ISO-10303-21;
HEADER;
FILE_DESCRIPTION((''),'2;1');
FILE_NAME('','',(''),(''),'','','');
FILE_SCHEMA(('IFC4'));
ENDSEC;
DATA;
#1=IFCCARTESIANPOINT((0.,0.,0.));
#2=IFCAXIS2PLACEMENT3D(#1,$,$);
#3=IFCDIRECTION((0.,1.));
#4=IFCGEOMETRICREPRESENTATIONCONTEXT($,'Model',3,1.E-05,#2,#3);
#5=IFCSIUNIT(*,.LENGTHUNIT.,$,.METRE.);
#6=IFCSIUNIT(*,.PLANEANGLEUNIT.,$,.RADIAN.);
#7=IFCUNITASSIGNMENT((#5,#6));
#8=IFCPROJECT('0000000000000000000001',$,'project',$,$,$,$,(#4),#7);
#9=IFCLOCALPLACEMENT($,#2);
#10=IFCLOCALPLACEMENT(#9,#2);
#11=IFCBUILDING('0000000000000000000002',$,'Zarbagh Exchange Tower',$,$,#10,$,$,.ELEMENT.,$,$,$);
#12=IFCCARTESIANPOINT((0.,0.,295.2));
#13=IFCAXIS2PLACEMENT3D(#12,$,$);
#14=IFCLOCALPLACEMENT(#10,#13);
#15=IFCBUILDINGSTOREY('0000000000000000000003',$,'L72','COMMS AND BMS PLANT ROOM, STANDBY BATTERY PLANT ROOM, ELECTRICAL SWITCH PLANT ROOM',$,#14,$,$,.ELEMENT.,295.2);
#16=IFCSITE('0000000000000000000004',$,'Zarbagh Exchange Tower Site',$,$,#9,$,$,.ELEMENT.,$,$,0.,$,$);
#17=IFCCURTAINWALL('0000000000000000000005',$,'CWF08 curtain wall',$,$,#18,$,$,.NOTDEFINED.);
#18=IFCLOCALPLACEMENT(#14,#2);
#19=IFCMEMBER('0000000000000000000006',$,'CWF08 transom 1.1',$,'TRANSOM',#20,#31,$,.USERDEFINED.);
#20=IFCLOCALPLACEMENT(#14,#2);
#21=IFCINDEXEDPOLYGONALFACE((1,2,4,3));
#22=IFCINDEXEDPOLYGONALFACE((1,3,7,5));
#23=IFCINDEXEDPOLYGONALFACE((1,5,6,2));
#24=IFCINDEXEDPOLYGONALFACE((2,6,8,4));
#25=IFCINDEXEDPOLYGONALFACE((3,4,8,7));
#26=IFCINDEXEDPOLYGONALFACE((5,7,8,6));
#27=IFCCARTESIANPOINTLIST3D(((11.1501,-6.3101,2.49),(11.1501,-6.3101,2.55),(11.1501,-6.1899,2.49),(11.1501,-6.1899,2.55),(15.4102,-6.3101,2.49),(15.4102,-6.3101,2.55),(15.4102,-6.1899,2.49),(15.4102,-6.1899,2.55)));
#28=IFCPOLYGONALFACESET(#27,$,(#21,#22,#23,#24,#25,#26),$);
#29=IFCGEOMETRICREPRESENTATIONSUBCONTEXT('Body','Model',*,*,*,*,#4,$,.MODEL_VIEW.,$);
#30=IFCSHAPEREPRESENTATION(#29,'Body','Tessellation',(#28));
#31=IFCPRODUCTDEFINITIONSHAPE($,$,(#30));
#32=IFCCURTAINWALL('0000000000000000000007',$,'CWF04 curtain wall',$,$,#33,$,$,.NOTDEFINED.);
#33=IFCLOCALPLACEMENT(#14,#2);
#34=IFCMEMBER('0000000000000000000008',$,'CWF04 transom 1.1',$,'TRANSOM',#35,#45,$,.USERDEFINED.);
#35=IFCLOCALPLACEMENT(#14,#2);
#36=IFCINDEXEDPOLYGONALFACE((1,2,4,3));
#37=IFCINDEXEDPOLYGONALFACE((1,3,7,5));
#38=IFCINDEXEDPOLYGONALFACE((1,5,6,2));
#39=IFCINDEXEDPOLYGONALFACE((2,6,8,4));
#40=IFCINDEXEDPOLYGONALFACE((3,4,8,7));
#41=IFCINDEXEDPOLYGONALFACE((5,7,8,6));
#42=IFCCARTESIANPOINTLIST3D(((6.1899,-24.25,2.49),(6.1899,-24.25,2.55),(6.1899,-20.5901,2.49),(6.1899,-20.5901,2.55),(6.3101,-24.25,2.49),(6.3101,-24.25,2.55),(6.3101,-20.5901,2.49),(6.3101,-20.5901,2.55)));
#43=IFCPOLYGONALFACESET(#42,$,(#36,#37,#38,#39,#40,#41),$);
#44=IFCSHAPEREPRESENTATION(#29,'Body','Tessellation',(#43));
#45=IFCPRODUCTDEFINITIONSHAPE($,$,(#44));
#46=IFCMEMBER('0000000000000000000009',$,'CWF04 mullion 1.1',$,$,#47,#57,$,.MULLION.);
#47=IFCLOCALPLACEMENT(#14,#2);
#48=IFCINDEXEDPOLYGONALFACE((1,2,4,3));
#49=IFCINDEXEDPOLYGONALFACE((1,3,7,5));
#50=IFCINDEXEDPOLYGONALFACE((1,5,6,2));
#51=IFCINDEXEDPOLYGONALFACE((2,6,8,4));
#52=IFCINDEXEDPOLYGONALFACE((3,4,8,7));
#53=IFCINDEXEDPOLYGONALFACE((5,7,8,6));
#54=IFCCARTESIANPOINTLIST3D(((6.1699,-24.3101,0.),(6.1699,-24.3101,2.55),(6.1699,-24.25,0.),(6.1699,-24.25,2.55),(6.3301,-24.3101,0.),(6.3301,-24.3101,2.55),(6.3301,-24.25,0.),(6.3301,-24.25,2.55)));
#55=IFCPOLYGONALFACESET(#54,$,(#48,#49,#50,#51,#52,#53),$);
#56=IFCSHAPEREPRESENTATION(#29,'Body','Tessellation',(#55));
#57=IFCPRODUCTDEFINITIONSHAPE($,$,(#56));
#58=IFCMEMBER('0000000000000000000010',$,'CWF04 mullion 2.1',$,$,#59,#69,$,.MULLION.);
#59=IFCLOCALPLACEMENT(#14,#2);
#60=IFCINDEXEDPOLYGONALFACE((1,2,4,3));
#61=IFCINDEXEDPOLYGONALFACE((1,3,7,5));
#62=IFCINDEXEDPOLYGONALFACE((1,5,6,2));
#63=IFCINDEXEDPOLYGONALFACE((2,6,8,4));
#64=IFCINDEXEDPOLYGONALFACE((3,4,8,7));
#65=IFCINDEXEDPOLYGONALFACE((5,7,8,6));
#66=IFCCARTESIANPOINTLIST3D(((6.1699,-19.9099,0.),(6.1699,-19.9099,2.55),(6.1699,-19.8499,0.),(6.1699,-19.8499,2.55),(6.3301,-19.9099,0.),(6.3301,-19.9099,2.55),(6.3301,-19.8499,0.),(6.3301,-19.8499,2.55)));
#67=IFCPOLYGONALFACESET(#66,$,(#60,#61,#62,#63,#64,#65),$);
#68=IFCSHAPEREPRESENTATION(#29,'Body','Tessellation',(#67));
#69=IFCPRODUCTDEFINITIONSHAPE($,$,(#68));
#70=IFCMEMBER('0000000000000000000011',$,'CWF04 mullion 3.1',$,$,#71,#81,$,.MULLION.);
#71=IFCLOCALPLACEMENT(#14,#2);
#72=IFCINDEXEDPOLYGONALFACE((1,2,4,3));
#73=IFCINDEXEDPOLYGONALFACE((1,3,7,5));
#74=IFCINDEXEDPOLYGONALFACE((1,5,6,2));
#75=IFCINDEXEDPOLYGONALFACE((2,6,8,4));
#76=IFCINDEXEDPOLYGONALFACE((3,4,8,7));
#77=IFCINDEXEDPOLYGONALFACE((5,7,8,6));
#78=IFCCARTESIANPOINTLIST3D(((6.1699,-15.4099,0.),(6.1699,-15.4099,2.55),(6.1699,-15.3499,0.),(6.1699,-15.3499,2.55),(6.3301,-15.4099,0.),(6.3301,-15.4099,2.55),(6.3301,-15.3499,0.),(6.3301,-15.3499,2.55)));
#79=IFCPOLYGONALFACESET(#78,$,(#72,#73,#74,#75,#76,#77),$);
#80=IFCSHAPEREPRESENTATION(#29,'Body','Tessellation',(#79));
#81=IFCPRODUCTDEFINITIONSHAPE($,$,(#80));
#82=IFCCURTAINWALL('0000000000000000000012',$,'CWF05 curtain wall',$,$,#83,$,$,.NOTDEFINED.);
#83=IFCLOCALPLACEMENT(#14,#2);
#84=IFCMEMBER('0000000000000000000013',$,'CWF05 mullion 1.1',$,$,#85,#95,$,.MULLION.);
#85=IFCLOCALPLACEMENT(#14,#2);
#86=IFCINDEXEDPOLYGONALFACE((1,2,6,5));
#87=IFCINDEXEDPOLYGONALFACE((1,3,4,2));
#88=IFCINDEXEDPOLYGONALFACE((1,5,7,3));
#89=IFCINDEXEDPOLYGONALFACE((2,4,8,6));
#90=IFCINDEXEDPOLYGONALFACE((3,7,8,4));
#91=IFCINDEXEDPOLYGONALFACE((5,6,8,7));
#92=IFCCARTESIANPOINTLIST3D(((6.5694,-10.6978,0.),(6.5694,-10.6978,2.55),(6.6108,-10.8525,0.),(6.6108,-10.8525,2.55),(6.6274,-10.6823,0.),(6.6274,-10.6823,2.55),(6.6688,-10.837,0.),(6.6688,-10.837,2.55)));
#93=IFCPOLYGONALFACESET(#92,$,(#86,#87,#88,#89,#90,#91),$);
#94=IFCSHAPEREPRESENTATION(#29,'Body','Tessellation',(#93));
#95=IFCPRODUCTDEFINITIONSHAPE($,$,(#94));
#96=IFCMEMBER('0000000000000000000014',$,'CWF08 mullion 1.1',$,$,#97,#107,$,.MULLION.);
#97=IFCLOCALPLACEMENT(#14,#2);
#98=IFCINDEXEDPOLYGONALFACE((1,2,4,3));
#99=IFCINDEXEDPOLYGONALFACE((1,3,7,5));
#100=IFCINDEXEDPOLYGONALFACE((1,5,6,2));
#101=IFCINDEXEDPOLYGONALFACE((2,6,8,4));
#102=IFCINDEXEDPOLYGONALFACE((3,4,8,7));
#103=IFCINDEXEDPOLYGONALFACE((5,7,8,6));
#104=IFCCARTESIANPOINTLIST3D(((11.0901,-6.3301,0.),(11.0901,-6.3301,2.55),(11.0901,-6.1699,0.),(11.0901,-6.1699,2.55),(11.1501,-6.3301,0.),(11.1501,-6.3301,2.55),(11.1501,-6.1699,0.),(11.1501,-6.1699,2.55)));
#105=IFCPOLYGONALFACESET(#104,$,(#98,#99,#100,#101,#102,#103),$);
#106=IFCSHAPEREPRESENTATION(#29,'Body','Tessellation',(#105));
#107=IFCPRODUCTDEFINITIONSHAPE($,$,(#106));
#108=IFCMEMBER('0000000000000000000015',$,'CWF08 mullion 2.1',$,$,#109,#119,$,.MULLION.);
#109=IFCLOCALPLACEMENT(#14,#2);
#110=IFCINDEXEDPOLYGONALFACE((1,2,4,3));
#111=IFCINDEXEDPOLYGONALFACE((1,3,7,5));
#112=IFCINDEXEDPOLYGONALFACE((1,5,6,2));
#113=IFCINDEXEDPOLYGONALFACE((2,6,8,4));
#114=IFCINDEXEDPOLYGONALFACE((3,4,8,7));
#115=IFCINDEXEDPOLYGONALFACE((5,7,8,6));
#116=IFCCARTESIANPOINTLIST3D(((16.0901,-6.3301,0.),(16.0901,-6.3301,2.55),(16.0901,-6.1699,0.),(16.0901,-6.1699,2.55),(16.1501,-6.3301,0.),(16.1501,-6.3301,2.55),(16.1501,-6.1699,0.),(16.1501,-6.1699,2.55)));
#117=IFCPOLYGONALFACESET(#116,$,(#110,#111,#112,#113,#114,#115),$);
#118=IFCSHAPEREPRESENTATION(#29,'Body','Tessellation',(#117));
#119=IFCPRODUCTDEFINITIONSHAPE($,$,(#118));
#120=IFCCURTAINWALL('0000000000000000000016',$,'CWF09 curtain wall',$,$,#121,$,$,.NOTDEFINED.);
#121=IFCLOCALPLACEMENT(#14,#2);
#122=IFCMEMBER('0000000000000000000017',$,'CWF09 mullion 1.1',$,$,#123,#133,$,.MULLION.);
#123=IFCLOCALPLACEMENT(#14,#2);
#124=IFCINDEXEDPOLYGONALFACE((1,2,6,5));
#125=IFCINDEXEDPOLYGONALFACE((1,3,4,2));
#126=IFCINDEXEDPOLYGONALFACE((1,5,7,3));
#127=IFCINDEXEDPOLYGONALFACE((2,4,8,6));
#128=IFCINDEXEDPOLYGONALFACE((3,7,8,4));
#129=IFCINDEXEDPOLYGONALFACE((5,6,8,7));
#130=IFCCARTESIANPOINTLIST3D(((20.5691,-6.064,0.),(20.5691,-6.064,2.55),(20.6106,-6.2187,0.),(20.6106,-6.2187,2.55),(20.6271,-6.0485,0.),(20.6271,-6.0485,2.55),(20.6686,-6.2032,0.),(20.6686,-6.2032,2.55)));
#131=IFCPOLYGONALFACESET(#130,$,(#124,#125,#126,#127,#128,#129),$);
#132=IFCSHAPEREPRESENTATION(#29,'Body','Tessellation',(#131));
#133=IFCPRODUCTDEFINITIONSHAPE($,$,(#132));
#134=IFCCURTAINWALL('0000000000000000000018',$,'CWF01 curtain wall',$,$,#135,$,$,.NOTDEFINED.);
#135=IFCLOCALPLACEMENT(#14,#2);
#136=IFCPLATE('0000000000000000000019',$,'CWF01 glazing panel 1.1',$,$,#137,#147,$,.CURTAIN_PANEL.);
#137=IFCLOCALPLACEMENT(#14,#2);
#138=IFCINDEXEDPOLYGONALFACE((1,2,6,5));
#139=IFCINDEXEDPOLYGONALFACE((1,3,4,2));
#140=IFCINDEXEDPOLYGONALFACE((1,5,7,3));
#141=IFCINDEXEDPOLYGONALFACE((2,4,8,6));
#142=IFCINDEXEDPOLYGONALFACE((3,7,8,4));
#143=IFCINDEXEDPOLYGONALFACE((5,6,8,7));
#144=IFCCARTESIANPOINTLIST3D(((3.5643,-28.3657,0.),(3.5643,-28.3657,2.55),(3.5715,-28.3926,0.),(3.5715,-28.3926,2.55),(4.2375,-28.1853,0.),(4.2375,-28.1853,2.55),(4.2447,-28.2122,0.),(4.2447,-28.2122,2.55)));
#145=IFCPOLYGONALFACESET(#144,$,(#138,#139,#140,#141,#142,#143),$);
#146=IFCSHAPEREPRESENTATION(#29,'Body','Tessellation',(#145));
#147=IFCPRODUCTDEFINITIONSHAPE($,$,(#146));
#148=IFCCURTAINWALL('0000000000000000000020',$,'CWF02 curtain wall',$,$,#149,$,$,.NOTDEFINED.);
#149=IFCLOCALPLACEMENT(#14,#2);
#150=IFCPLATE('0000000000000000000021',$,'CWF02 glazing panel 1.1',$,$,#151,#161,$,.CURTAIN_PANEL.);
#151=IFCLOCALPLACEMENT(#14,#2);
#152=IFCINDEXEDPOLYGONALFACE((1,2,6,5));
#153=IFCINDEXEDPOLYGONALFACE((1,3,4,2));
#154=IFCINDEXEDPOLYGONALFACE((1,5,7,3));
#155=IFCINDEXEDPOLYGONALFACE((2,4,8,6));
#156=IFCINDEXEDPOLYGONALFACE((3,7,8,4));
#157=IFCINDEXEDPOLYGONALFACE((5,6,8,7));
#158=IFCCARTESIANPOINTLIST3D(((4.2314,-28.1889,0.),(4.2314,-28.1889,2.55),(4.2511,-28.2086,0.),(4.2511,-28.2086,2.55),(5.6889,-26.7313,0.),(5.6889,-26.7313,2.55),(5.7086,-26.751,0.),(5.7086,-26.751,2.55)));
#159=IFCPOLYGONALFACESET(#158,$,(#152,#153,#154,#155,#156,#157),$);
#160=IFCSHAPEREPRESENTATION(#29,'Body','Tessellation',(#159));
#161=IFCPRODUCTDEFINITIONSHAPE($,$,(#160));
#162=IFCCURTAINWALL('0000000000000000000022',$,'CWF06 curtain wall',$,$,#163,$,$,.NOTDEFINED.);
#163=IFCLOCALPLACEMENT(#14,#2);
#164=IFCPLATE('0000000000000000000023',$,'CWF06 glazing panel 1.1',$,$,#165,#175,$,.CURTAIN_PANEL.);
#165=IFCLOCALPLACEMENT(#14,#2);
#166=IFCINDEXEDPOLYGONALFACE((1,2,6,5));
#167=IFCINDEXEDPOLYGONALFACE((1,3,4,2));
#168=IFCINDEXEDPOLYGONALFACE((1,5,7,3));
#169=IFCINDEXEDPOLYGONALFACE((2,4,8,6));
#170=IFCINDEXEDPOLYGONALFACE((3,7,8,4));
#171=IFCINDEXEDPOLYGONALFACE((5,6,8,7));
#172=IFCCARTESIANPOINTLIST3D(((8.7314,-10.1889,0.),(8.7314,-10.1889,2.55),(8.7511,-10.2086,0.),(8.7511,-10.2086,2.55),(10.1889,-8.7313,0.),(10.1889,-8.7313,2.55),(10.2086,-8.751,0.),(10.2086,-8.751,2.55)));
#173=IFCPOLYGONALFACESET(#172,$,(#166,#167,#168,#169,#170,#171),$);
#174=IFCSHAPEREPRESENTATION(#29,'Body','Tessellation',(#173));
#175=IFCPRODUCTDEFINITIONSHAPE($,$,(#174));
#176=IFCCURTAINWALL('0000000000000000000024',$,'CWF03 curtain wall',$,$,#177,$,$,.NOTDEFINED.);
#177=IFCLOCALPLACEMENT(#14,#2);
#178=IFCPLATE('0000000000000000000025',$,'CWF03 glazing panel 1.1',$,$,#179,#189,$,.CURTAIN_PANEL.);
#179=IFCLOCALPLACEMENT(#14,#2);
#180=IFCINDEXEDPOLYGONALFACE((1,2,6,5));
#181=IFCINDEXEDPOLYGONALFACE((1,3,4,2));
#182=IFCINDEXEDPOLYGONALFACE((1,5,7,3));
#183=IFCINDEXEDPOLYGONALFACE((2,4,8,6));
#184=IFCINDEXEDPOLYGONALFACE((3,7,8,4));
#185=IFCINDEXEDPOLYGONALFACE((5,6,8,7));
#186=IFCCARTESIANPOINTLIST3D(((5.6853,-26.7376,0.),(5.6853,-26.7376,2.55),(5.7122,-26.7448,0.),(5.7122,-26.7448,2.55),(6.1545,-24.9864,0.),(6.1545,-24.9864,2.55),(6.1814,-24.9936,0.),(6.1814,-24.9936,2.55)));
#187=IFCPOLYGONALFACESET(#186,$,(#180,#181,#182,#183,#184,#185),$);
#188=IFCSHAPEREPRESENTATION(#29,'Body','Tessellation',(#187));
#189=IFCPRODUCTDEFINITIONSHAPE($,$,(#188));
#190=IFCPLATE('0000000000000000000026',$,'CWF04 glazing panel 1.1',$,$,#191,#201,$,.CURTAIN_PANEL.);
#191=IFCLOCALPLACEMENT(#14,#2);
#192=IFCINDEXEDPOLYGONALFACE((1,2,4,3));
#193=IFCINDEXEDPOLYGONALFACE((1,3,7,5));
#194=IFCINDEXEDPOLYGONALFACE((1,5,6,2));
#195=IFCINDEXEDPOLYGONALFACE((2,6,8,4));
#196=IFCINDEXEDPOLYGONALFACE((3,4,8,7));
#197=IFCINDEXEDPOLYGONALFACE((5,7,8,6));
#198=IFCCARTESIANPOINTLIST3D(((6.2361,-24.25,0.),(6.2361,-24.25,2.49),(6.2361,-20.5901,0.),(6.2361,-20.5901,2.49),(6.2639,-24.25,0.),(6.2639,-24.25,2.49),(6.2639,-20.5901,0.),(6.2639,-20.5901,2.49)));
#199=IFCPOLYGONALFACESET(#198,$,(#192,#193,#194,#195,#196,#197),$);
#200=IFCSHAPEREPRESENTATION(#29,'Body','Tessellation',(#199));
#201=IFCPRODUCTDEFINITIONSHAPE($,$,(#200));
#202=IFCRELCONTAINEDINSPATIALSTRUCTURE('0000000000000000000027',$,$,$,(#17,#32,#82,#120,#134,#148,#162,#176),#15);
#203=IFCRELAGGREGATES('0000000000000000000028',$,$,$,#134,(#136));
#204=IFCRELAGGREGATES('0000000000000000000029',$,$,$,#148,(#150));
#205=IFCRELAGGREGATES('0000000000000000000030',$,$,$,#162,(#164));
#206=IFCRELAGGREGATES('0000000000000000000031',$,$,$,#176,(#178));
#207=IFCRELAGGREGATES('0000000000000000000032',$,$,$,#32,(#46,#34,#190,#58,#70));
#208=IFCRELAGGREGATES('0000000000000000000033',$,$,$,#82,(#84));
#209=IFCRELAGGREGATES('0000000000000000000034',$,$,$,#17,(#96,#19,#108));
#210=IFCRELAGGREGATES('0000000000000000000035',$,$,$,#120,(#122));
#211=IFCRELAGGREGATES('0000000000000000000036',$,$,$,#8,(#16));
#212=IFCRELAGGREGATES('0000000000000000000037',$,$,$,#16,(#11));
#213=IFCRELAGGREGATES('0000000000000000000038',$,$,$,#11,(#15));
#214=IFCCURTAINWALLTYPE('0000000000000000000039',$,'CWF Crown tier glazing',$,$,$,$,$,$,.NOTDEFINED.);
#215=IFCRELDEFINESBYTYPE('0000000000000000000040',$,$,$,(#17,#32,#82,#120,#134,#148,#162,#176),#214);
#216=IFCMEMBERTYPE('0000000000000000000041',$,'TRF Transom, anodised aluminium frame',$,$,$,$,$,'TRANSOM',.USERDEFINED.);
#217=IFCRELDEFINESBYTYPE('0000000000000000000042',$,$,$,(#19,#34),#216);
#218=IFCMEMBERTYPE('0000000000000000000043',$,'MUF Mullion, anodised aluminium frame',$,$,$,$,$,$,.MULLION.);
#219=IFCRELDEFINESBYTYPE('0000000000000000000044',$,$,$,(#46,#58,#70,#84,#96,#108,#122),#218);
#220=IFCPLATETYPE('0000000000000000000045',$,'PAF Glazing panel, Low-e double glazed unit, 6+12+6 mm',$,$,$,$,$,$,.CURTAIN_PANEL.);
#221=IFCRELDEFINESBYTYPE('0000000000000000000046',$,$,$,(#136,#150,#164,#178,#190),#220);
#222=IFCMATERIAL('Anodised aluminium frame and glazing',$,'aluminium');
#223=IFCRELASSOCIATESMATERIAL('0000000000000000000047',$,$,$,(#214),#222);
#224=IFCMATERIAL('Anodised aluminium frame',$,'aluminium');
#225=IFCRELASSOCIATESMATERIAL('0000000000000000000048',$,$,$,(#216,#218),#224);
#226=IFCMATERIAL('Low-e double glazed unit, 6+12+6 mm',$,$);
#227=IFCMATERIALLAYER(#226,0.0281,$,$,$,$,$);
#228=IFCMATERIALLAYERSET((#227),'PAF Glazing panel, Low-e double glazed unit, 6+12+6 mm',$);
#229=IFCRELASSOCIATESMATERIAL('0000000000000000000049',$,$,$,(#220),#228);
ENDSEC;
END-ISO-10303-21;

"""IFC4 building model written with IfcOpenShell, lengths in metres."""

from ifc_helpers import new_model, si_unit, direction, frame, origin, place, context, subcontext, project, spatial, polyline, outline, extrude, source, transform, mapped, material, layer, layer_set, type_object, element, aggregate, save


model = new_model("IFC4")

# Units and contexts
model_context = context("Model", 3, precision=1e-05, world=origin(), true_north=direction((0.0, 1.0)))
body_context = subcontext(model_context, "Body", "Model", "MODEL_VIEW")
ifc_project = project(units=[si_unit("LENGTHUNIT", "METRE"), si_unit("PLANEANGLEUNIT", "RADIAN")], contexts=[model_context])

# Site, building, storey
site_placement = place(None, origin())
site = spatial("IfcSite", under=ifc_project, at=site_placement, Name="Zarbagh Exchange Tower Site", CompositionType="ELEMENT", RefElevation=0.0)
building_placement = place(site_placement, origin())
building = spatial("IfcBuilding", under=site, at=building_placement, Name="Zarbagh Exchange Tower", CompositionType="ELEMENT")
storey_placement = place(building_placement, frame((0.0, 0.0, 295.2)))
storey = spatial("IfcBuildingStorey", under=building, at=storey_placement, Name="L72", Description="COMMS AND BMS PLANT ROOM, STANDBY BATTERY PLANT ROOM, ELECTRICAL SWITCH PLANT ROOM", CompositionType="ELEMENT", Elevation=295.2)

# Curtain wall, member
ifc_material_1 = material(Name="Anodised aluminium frame and glazing", Category="aluminium")
curtain_wall_type = type_object("IfcCurtainWallType", Name="CWF Crown tier glazing", PredefinedType="NOTDEFINED", material=ifc_material_1)
curtain_wall_1_placement = place(storey_placement, origin())
curtain_wall_1 = element("IfcCurtainWall", 1, at=curtain_wall_1_placement, inside=storey, type_object=curtain_wall_type, Name="CWF08 curtain wall", PredefinedType="NOTDEFINED")
ifc_material_2 = material(Name="Anodised aluminium frame", Category="aluminium")
member_type_1 = type_object("IfcMemberType", Name="TRF Transom, anodised aluminium frame", ElementType="TRANSOM", PredefinedType="USERDEFINED", material=ifc_material_2)
shared_shape_1 = source(origin(), body_context, "Body", "SweptSolid", [
    extrude(outline(polyline([(-0.0601, -0.0601), (0.0, -0.0601), (0.0, 0.0601), (-0.0601, 0.0601), (-0.0601, -0.0601)])), origin(), (0.0, 0.0, 1.0), 4.26),
])
placement = place(storey_placement, origin())
member_1 = element("IfcMember", 2, at=placement, type_object=member_type_1, Name="CWF08 transom 1.1", ObjectType="TRANSOM", PredefinedType="USERDEFINED", context=body_context, shape_type="MappedRepresentation", body=[
    mapped(shared_shape_1, transform((11.1501, -6.25, 2.55), x_axis=(0.0, 0.0, 1.0), y_axis=(0.0, -1.0, 0.0), z_axis=(1.0, 0.0, 0.0))),
])

# Curtain wall, members
curtain_wall_2_placement = place(storey_placement, origin())
curtain_wall_2 = element("IfcCurtainWall", 3, at=curtain_wall_2_placement, inside=storey, type_object=curtain_wall_type, Name="CWF04 curtain wall", PredefinedType="NOTDEFINED")
shared_shape_2 = source(origin(), body_context, "Body", "SweptSolid", [
    extrude(outline(polyline([(-0.0601, -0.0601), (0.0, -0.0601), (0.0, 0.0601), (-0.0601, 0.0601), (-0.0601, -0.0601)])), origin(), (0.0, 0.0, 1.0), 3.6599),
])
member_2 = element("IfcMember", 4, at=placement, type_object=member_type_1, Name="CWF04 transom 1.1", ObjectType="TRANSOM", PredefinedType="USERDEFINED", context=body_context, shape_type="MappedRepresentation", body=[
    mapped(shared_shape_2, transform((6.25, -24.25, 2.55), x_axis=(0.0, 0.0, 1.0), y_axis=(1.0, 0.0, 0.0), z_axis=(0.0, 1.0, 0.0))),
])
member_type_2 = type_object("IfcMemberType", Name="MUF Mullion, anodised aluminium frame", PredefinedType="MULLION", material=ifc_material_2)
shared_shape_3 = source(origin(), body_context, "Body", "SweptSolid", [
    extrude(outline(polyline([(0.0, -0.0801), (0.0601, -0.0801), (0.0601, 0.0801), (0.0, 0.0801), (0.0, -0.0801)])), origin(), (0.0, 0.0, 1.0), 2.55),
])
member_3 = element("IfcMember", 5, at=placement, type_object=member_type_2, Name="CWF04 mullion 1.1", PredefinedType="MULLION", context=body_context, shape_type="MappedRepresentation", body=[
    mapped(shared_shape_3, transform((6.25, -24.3101, 0.0), x_axis=(0.0, 1.0, 0.0), y_axis=(-1.0, 0.0, 0.0), z_axis=(0.0, 0.0, 1.0))),
])
member_4 = element("IfcMember", 6, at=placement, type_object=member_type_2, Name="CWF04 mullion 2.1", PredefinedType="MULLION", context=body_context, shape_type="MappedRepresentation", body=[
    mapped(shared_shape_3, transform((6.25, -19.9099, 0.0), x_axis=(0.0, 1.0, 0.0), y_axis=(-1.0, 0.0, 0.0), z_axis=(0.0, 0.0, 1.0))),
])
member_5 = element("IfcMember", 7, at=placement, type_object=member_type_2, Name="CWF04 mullion 3.1", PredefinedType="MULLION", context=body_context, shape_type="MappedRepresentation", body=[
    mapped(shared_shape_3, transform((6.25, -15.4099, 0.0), x_axis=(0.0, 1.0, 0.0), y_axis=(-1.0, 0.0, 0.0), z_axis=(0.0, 0.0, 1.0))),
])

# Curtain wall, member
curtain_wall_3_placement = place(storey_placement, origin())
curtain_wall_3 = element("IfcCurtainWall", 8, at=curtain_wall_3_placement, inside=storey, type_object=curtain_wall_type, Name="CWF05 curtain wall", PredefinedType="NOTDEFINED")
member_6 = element("IfcMember", 9, at=placement, type_object=member_type_2, Name="CWF05 mullion 1.1", PredefinedType="MULLION", context=body_context, shape_type="MappedRepresentation", body=[
    mapped(shared_shape_3, transform((6.5901, -10.7751, 0.0), x_axis=(0.965924, 0.258825, 0.0), y_axis=(-0.258825, 0.965924, 0.0), z_axis=(0.0, 0.0, 1.0))),
])

# Members
member_7 = element("IfcMember", 10, at=placement, type_object=member_type_2, Name="CWF08 mullion 1.1", PredefinedType="MULLION", context=body_context, shape_type="MappedRepresentation", body=[
    mapped(shared_shape_3, transform((11.0901, -6.25, 0.0), x_axis=(1.0, 0.0, 0.0), y_axis=(0.0, 1.0, 0.0), z_axis=(0.0, 0.0, 1.0))),
])
member_8 = element("IfcMember", 11, at=placement, type_object=member_type_2, Name="CWF08 mullion 2.1", PredefinedType="MULLION", context=body_context, shape_type="MappedRepresentation", body=[
    mapped(shared_shape_3, transform((16.0901, -6.25, 0.0), x_axis=(1.0, 0.0, 0.0), y_axis=(0.0, 1.0, 0.0), z_axis=(0.0, 0.0, 1.0))),
])

# Curtain wall, member
curtain_wall_4_placement = place(storey_placement, origin())
curtain_wall_4 = element("IfcCurtainWall", 12, at=curtain_wall_4_placement, inside=storey, type_object=curtain_wall_type, Name="CWF09 curtain wall", PredefinedType="NOTDEFINED")
member_9 = element("IfcMember", 13, at=placement, type_object=member_type_2, Name="CWF09 mullion 1.1", PredefinedType="MULLION", context=body_context, shape_type="MappedRepresentation", body=[
    mapped(shared_shape_3, transform((20.5898, -6.1414, 0.0), x_axis=(0.965924, 0.258825, 0.0), y_axis=(-0.258825, 0.965924, 0.0), z_axis=(0.0, 0.0, 1.0))),
])

# Curtain walls, plates
curtain_wall_5_placement = place(storey_placement, origin())
curtain_wall_5 = element("IfcCurtainWall", 14, at=curtain_wall_5_placement, inside=storey, type_object=curtain_wall_type, Name="CWF01 curtain wall", PredefinedType="NOTDEFINED")
ifc_material_3 = material(Name="Low-e double glazed unit, 6+12+6 mm")
ifc_layer = layer(ifc_material_3, 0.0281)
ifc_layer_set = layer_set([ifc_layer], Name="PAF Glazing panel, Low-e double glazed unit, 6+12+6 mm")
plate_type = type_object("IfcPlateType", Name="PAF Glazing panel, Low-e double glazed unit, 6+12+6 mm", PredefinedType="CURTAIN_PANEL", material=ifc_layer_set)
shared_shape_4 = source(origin(), body_context, "Body", "SweptSolid", [
    extrude(outline(polyline([(0.0, -0.0139), (0.697, -0.0139), (0.697, 0.0139), (0.0, 0.0139), (0.0, -0.0139)])), origin(), (0.0, 0.0, 1.0), 2.55),
])
plate_1 = element("IfcPlate", 15, at=placement, type_object=plate_type, Name="CWF01 glazing panel 1.1", PredefinedType="CURTAIN_PANEL", context=body_context, shape_type="MappedRepresentation", body=[
    mapped(shared_shape_4, transform((3.5679, -28.3792, 0.0), x_axis=(0.965924, 0.258825, 0.0), y_axis=(-0.258825, 0.965924, 0.0), z_axis=(0.0, 0.0, 1.0))),
])
aggregate(curtain_wall_5, [plate_1])
curtain_wall_6_placement = place(storey_placement, origin())
curtain_wall_6 = element("IfcCurtainWall", 16, at=curtain_wall_6_placement, inside=storey, type_object=curtain_wall_type, Name="CWF02 curtain wall", PredefinedType="NOTDEFINED")
shared_shape_5 = source(origin(), body_context, "Body", "SweptSolid", [
    extrude(outline(polyline([(0.0, -0.0139), (2.0613, -0.0139), (2.0613, 0.0139), (0.0, 0.0139), (0.0, -0.0139)])), origin(), (0.0, 0.0, 1.0), 2.55),
])
plate_2 = element("IfcPlate", 17, at=placement, type_object=plate_type, Name="CWF02 glazing panel 1.1", PredefinedType="CURTAIN_PANEL", context=body_context, shape_type="MappedRepresentation", body=[
    mapped(shared_shape_5, transform((4.2412, -28.1987, 0.0), x_axis=(0.707107, 0.707107, 0.0), y_axis=(-0.707107, 0.707107, 0.0), z_axis=(0.0, 0.0, 1.0))),
])
aggregate(curtain_wall_6, [plate_2])
curtain_wall_7_placement = place(storey_placement, origin())
curtain_wall_7 = element("IfcCurtainWall", 18, at=curtain_wall_7_placement, inside=storey, type_object=curtain_wall_type, Name="CWF06 curtain wall", PredefinedType="NOTDEFINED")
plate_3 = element("IfcPlate", 19, at=placement, type_object=plate_type, Name="CWF06 glazing panel 1.1", PredefinedType="CURTAIN_PANEL", context=body_context, shape_type="MappedRepresentation", body=[
    mapped(shared_shape_5, transform((8.7412, -10.1987, 0.0), x_axis=(0.707107, 0.707107, 0.0), y_axis=(-0.707107, 0.707107, 0.0), z_axis=(0.0, 0.0, 1.0))),
])
aggregate(curtain_wall_7, [plate_3])
curtain_wall_8_placement = place(storey_placement, origin())
curtain_wall_8 = element("IfcCurtainWall", 20, at=curtain_wall_8_placement, inside=storey, type_object=curtain_wall_type, Name="CWF03 curtain wall", PredefinedType="NOTDEFINED")
shared_shape_6 = source(origin(), body_context, "Body", "SweptSolid", [
    extrude(outline(polyline([(0.0, -0.0139), (1.813, -0.0139), (1.813, 0.0139), (0.0, 0.0139), (0.0, -0.0139)])), origin(), (0.0, 0.0, 1.0), 2.55),
])
plate_4 = element("IfcPlate", 21, at=placement, type_object=plate_type, Name="CWF03 glazing panel 1.1", PredefinedType="CURTAIN_PANEL", context=body_context, shape_type="MappedRepresentation", body=[
    mapped(shared_shape_6, transform((5.6987, -26.7412, 0.0), x_axis=(0.258825, 0.965924, 0.0), y_axis=(-0.965924, 0.258825, 0.0), z_axis=(0.0, 0.0, 1.0))),
])
aggregate(curtain_wall_8, [plate_4])

# Plate
shared_shape_7 = source(origin(), body_context, "Body", "SweptSolid", [
    extrude(outline(polyline([(0.0, -0.0139), (3.6599, -0.0139), (3.6599, 0.0139), (0.0, 0.0139), (0.0, -0.0139)])), origin(), (0.0, 0.0, 1.0), 2.49),
])
plate_5 = element("IfcPlate", 22, at=placement, type_object=plate_type, Name="CWF04 glazing panel 1.1", PredefinedType="CURTAIN_PANEL", context=body_context, shape_type="MappedRepresentation", body=[
    mapped(shared_shape_7, transform((6.25, -24.25, 0.0), x_axis=(0.0, 1.0, 0.0), y_axis=(-1.0, 0.0, 0.0), z_axis=(0.0, 0.0, 1.0))),
])
aggregate(curtain_wall_2, [member_3, member_2, plate_5, member_4, member_5])
aggregate(curtain_wall_3, [member_6])

aggregate(curtain_wall_1, [member_7, member_1, member_8])
aggregate(curtain_wall_4, [member_9])

save(model, "model.ifc")
